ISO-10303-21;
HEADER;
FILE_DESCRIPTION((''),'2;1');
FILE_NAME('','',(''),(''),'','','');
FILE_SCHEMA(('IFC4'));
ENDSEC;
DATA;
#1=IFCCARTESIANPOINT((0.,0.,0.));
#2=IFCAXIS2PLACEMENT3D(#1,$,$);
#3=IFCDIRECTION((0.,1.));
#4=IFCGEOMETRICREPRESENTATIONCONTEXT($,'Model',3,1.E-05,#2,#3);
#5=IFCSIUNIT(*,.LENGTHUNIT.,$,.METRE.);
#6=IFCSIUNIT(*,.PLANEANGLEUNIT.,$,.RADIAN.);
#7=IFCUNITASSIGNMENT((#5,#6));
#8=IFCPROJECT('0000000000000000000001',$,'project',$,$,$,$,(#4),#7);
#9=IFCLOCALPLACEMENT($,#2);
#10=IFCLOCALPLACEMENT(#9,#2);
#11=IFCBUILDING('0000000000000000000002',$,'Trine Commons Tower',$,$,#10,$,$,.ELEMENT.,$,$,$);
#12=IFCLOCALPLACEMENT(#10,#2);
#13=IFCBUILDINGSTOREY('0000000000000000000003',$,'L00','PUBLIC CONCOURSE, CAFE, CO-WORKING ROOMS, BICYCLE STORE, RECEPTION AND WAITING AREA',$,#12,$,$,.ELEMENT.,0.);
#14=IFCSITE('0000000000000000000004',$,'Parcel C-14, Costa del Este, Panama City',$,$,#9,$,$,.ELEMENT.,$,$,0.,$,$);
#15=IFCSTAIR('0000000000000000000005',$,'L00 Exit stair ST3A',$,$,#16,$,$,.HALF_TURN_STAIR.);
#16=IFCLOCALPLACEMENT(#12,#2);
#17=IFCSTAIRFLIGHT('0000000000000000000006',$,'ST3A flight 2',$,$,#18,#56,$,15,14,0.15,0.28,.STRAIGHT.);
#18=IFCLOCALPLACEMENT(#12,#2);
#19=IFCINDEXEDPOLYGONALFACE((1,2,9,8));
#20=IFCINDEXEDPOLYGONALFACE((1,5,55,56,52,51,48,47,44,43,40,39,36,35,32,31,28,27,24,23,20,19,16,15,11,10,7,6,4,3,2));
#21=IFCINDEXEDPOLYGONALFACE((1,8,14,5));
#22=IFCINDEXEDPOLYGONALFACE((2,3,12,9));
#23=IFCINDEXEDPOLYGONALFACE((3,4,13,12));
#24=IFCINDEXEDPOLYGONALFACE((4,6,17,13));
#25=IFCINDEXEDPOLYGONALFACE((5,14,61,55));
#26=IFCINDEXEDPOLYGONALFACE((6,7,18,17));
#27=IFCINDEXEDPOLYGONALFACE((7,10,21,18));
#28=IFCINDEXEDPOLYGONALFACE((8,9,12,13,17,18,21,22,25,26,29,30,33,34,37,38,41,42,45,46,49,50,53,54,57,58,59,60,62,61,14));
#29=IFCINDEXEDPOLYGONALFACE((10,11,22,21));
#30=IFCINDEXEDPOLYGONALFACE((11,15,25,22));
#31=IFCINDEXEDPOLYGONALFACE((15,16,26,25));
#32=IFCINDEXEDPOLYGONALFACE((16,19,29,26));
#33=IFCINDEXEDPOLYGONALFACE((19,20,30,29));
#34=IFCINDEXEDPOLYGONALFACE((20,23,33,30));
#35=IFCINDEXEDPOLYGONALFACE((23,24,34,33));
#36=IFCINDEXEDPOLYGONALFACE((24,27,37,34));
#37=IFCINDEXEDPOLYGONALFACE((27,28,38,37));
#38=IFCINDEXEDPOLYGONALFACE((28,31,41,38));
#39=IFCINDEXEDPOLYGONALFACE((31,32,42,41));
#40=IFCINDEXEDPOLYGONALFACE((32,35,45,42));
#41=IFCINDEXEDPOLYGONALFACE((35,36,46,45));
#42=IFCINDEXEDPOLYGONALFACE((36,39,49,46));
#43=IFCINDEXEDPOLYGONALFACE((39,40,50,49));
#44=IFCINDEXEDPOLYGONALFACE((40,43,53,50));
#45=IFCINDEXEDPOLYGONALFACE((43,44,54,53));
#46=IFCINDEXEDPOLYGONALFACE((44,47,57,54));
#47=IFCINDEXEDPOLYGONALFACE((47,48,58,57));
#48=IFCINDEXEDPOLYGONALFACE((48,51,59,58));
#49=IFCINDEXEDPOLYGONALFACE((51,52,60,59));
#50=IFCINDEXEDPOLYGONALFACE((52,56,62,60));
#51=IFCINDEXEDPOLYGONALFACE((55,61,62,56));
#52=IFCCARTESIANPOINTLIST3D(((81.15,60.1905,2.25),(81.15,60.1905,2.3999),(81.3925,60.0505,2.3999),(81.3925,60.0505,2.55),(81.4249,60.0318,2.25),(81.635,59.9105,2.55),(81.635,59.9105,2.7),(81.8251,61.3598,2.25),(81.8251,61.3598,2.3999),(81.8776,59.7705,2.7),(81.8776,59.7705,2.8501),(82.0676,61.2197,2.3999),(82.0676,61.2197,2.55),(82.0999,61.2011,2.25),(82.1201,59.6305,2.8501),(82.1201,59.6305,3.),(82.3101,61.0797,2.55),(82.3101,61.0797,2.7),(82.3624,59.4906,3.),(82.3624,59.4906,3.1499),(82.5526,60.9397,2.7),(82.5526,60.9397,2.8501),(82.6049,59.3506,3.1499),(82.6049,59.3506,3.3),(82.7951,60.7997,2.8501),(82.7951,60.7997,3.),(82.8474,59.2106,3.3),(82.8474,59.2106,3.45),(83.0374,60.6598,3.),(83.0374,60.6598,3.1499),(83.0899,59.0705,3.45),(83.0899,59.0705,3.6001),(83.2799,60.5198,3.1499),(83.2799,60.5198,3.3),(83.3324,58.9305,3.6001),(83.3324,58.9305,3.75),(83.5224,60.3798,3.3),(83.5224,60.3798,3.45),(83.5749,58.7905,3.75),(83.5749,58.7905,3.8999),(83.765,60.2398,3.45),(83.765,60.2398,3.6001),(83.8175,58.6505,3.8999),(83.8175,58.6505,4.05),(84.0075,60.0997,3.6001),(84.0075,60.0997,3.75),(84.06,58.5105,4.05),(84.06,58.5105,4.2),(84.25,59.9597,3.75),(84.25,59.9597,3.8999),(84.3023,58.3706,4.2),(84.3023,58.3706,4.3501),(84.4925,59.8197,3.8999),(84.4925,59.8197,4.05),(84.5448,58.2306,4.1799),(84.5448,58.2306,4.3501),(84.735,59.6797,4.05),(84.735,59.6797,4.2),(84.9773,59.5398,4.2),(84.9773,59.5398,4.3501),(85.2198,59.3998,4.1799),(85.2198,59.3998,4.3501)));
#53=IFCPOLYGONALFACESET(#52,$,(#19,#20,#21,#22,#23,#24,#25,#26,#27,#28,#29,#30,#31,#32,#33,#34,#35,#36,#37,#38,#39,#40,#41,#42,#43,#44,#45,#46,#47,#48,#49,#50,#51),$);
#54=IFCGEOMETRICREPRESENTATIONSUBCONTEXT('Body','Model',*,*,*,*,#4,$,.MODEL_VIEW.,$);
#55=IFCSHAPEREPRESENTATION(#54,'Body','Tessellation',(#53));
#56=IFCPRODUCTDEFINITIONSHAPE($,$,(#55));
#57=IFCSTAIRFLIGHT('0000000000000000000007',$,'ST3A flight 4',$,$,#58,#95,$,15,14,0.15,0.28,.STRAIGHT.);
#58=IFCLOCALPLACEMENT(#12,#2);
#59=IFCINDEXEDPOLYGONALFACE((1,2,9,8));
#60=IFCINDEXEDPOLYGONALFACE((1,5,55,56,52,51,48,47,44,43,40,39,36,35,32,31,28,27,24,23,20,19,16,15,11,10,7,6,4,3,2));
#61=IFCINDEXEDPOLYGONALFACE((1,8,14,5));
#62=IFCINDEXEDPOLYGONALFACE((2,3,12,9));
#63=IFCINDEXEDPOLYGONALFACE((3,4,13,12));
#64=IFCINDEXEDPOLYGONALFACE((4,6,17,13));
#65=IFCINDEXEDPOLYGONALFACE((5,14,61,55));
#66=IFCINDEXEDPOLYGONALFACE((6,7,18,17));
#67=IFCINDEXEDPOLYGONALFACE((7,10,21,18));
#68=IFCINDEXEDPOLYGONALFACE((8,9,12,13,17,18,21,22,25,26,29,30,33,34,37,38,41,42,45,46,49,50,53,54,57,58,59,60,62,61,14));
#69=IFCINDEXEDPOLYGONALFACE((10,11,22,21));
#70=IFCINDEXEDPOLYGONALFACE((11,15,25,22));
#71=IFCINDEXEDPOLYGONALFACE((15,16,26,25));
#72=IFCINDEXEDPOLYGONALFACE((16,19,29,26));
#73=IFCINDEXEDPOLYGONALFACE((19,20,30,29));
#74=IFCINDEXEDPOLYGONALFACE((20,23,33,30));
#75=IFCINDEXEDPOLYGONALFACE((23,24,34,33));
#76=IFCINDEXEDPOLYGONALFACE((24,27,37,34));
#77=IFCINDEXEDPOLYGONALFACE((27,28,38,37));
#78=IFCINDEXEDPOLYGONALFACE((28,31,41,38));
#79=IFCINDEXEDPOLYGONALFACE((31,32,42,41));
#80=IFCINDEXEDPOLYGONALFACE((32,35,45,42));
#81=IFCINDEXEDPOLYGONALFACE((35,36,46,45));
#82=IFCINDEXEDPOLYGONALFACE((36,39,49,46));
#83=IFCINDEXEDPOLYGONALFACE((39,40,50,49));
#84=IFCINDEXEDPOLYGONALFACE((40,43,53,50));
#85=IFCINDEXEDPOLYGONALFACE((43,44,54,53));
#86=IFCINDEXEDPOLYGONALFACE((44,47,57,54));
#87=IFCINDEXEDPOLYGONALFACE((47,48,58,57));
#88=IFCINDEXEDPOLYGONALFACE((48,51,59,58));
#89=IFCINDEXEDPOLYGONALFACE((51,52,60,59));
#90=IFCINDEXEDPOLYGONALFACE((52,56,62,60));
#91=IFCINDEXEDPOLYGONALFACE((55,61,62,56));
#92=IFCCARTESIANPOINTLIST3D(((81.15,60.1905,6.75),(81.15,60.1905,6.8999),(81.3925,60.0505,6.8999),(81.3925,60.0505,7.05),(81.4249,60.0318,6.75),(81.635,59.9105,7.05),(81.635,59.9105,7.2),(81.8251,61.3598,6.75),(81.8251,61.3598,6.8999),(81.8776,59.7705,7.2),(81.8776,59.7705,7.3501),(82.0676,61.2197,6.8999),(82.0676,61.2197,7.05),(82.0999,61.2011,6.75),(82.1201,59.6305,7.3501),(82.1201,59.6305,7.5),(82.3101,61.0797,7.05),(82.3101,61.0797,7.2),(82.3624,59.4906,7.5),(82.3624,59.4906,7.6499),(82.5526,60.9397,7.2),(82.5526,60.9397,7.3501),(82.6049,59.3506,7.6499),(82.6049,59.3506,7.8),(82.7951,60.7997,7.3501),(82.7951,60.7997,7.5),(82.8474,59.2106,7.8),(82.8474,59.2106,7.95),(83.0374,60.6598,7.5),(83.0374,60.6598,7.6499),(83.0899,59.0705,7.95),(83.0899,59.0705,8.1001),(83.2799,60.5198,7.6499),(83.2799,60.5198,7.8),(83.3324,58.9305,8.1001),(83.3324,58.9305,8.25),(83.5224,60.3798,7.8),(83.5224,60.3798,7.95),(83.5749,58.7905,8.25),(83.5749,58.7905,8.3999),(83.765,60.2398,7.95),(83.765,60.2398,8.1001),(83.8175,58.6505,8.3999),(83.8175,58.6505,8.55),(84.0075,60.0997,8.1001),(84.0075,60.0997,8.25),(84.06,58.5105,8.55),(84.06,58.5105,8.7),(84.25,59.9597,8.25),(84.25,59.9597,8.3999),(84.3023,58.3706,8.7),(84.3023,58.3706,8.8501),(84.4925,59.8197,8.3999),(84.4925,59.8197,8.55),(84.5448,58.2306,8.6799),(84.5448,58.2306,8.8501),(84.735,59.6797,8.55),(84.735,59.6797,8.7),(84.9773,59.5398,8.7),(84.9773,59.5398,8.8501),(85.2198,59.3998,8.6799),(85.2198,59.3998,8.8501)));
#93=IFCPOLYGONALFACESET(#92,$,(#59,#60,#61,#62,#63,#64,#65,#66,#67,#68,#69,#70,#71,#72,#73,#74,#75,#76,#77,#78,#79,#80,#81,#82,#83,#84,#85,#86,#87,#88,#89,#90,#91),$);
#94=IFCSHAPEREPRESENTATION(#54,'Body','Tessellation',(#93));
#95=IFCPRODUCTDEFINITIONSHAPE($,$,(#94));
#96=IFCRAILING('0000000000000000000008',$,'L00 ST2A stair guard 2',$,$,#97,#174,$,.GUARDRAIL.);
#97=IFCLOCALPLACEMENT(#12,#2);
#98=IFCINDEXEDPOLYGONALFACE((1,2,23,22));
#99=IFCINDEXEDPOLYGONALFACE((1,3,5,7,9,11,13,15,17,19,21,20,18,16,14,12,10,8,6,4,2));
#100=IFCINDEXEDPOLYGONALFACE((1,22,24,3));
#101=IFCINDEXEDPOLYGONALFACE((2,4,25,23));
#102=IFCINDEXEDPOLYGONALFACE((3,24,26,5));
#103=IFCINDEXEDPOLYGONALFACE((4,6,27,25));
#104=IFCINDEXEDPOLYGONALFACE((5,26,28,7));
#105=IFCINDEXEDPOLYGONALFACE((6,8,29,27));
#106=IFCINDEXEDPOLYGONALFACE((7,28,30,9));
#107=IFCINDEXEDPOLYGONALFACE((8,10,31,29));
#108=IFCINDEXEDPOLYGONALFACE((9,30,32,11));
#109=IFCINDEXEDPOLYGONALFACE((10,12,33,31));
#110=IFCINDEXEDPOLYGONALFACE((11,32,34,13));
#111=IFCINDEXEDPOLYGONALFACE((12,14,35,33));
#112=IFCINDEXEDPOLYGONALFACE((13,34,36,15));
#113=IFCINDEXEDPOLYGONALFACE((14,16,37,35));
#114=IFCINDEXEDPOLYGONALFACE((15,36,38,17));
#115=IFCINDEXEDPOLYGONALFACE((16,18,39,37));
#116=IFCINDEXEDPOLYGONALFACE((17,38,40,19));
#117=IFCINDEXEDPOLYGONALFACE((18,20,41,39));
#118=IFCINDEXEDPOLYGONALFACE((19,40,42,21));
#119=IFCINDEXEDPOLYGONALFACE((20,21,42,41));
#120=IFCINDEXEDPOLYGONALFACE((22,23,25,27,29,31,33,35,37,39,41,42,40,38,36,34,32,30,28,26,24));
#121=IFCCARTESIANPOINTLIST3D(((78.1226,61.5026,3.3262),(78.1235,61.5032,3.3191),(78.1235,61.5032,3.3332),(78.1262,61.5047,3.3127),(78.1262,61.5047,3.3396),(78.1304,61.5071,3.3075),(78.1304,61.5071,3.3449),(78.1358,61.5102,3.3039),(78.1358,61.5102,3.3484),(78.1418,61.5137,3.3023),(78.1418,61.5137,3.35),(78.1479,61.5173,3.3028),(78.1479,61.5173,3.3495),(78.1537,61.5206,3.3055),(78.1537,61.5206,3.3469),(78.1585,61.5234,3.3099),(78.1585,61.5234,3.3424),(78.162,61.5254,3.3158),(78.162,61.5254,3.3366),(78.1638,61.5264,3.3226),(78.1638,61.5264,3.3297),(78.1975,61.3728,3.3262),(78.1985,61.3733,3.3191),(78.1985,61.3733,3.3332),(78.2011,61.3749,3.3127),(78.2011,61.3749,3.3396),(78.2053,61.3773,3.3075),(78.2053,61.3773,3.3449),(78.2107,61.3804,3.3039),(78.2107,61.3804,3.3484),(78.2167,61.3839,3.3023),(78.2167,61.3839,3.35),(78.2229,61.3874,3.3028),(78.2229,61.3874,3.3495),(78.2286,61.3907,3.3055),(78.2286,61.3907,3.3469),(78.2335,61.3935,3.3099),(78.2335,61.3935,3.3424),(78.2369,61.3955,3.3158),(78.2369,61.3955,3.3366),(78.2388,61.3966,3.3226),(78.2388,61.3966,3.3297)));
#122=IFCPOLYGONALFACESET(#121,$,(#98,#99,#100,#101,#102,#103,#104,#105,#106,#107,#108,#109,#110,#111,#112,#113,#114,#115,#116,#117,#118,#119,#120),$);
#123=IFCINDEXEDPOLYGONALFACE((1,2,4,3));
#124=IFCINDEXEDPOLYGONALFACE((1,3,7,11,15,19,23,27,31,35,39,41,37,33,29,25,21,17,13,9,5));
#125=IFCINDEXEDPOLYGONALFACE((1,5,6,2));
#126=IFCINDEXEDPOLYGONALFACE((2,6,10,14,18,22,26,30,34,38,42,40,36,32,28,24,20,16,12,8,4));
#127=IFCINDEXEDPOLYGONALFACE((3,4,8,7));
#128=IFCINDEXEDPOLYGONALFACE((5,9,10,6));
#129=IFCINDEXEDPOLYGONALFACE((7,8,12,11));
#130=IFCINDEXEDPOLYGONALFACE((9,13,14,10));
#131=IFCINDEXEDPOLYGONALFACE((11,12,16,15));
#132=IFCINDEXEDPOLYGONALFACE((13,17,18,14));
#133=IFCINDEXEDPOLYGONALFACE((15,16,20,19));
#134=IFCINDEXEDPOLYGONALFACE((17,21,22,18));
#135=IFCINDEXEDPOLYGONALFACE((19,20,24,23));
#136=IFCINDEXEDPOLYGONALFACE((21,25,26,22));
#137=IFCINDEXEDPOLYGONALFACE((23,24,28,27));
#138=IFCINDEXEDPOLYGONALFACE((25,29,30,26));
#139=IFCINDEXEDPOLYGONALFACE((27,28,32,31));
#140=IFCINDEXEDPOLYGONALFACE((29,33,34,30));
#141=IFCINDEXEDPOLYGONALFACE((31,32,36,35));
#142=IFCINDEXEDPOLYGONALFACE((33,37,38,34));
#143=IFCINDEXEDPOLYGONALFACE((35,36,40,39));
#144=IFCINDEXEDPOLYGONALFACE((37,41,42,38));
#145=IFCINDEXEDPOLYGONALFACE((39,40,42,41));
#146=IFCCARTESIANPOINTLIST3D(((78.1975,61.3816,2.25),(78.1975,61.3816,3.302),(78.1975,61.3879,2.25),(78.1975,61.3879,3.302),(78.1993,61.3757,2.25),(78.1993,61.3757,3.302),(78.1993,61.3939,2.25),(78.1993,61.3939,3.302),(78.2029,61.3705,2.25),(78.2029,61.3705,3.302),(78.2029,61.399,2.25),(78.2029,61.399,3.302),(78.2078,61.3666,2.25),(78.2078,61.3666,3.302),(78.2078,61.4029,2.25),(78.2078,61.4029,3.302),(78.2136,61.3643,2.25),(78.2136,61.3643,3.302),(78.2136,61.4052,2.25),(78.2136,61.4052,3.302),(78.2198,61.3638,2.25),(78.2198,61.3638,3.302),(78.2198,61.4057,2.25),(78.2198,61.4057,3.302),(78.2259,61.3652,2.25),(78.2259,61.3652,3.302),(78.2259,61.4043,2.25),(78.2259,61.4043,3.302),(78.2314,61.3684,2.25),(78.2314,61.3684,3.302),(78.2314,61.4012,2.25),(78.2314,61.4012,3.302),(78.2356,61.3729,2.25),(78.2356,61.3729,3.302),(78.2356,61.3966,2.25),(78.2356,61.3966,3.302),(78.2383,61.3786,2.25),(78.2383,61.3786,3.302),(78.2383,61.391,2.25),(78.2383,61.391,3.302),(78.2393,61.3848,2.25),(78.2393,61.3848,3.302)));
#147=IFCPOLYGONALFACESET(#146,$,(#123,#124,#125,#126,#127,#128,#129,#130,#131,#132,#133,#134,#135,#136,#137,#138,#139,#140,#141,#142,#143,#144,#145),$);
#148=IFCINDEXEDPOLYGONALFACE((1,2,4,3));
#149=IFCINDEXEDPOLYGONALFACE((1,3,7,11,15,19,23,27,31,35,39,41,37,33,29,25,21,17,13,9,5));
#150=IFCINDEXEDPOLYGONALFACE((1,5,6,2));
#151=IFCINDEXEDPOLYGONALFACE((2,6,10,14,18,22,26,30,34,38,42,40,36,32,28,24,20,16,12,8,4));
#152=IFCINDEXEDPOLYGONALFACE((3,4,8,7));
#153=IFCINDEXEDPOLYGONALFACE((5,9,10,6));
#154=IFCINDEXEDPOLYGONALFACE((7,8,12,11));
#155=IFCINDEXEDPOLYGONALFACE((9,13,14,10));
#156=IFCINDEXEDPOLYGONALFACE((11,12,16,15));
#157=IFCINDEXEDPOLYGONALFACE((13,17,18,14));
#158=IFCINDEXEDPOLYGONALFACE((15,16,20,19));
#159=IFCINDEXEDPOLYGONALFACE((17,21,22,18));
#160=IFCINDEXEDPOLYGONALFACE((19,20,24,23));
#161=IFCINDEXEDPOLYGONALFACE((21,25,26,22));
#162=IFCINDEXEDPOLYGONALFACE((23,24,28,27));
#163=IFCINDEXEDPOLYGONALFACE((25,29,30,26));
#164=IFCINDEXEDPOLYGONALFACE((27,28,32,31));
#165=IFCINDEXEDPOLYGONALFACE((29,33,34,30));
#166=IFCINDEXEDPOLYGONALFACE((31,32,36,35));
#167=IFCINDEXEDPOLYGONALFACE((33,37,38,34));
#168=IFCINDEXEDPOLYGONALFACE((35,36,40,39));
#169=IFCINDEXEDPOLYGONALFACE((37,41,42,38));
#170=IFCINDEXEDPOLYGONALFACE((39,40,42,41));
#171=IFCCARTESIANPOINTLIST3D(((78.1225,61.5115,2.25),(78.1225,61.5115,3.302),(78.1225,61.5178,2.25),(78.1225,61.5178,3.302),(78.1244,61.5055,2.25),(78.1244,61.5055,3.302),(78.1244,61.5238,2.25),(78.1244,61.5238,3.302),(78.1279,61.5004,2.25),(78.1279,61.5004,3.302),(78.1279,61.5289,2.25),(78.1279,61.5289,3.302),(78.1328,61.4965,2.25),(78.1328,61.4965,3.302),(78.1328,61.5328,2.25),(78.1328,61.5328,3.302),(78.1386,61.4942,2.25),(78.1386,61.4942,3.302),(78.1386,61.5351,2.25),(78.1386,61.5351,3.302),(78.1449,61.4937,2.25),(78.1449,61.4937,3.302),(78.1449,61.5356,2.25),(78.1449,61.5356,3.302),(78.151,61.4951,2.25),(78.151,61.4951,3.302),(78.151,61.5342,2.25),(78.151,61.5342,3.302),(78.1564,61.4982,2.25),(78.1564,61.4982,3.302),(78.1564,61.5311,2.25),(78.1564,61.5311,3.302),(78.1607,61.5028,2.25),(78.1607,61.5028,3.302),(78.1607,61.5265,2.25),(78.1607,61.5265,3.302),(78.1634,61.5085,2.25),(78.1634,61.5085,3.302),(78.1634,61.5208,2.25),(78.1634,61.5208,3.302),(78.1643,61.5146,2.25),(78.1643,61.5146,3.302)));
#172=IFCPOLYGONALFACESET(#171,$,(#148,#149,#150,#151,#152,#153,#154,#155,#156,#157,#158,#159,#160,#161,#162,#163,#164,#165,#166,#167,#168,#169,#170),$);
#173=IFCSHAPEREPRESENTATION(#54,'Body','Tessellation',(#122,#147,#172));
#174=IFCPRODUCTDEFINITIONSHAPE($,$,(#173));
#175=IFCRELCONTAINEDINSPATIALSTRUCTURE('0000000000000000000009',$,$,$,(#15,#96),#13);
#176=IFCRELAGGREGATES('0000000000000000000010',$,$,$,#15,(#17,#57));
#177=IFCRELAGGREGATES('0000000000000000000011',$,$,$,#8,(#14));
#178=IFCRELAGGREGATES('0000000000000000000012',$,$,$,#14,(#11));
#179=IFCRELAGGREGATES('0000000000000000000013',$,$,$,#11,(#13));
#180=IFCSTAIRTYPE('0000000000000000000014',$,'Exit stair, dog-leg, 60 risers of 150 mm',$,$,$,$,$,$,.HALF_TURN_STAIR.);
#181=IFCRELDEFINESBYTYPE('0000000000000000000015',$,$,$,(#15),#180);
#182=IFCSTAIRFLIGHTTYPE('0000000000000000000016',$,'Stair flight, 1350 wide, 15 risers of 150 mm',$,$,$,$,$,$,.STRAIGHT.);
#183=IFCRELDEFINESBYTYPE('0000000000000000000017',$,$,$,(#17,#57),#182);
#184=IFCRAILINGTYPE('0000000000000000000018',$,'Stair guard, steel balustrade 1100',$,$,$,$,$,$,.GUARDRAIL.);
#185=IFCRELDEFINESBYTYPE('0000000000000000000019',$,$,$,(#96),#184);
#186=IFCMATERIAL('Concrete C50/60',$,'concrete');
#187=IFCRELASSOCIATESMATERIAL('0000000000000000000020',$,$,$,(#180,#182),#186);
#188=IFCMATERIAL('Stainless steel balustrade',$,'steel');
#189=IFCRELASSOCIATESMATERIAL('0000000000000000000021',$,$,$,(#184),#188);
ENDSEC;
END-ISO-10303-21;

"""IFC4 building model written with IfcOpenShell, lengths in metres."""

from ifc_helpers import new_model, si_unit, direction, frame, origin, origin_2d, place, context, subcontext, project, spatial, polyline, circle, outline, extrude, material, type_object, element, aggregate, save


model = new_model("IFC4")

# Units and contexts
model_context = context("Model", 3, precision=1e-05, world=origin(), true_north=direction((0.0, 1.0)))
body_context = subcontext(model_context, "Body", "Model", "MODEL_VIEW")
ifc_project = project(units=[si_unit("LENGTHUNIT", "METRE"), si_unit("PLANEANGLEUNIT", "RADIAN")], contexts=[model_context])

# Site, building, storey
site_placement = place(None, origin())
site = spatial("IfcSite", under=ifc_project, at=site_placement, Name="Parcel C-14, Costa del Este, Panama City", CompositionType="ELEMENT", RefElevation=0.0)
building_placement = place(site_placement, origin())
building = spatial("IfcBuilding", under=site, at=building_placement, Name="Trine Commons Tower", CompositionType="ELEMENT")
storey_placement = place(building_placement, origin())
storey = spatial("IfcBuildingStorey", under=building, at=storey_placement, Name="L00", Description="PUBLIC CONCOURSE, CAFE, CO-WORKING ROOMS, BICYCLE STORE, RECEPTION AND WAITING AREA", CompositionType="ELEMENT", Elevation=0.0)

# Stair, stair flights
ifc_material_1 = material(Name="Concrete C50/60", Category="concrete")
stair_type = type_object("IfcStairType", Name="Exit stair, dog-leg, 60 risers of 150 mm", PredefinedType="HALF_TURN_STAIR", material=ifc_material_1)
stair_placement = place(storey_placement, origin())
stair = element("IfcStair", 1, at=stair_placement, inside=storey, type_object=stair_type, Name="L00 Exit stair ST3A", PredefinedType="HALF_TURN_STAIR")
stair_flight_type = type_object("IfcStairFlightType", Name="Stair flight, 1350 wide, 15 risers of 150 mm", PredefinedType="STRAIGHT", material=ifc_material_1)
stair_flight_1_placement = place(storey_placement, frame((81.4875, 60.7751, 2.25), z_axis=(0.0, 0.0, 1.0), x_axis=(0.866025, -0.5, 0.0)))
stair_flight_1 = element("IfcStairFlight", 2, at=stair_flight_1_placement, type_object=stair_flight_type, Name="ST3A flight 2", NumberOfRisers=15, NumberOfTreads=14, PredefinedType="STRAIGHT", RiserHeight=0.15, TreadLength=0.28, context=body_context, shape_type="SweptSolid", body=[
    extrude(outline(polyline([(0.0, 0.0), (0.0, 0.1499), (0.28, 0.1499), (0.28, 0.3), (0.5601, 0.3), (0.5601, 0.45), (0.8401, 0.45), (0.8401, 0.6001), (1.1201, 0.6001), (1.1201, 0.75), (1.3999, 0.75), (1.3999, 0.8999), (1.6799, 0.8999), (1.6799, 1.05), (1.96, 1.05), (1.96, 1.2), (2.24, 1.2), (2.24, 1.3501), (2.52, 1.3501), (2.52, 1.5), (2.8, 1.5), (2.8, 1.6499), (3.0801, 1.6499), (3.0801, 1.8), (3.3601, 1.8), (3.3601, 1.95), (3.6399, 1.95), (3.6399, 2.1001), (3.9199, 2.1001), (3.9199, 2.25), (3.9199, 1.9299), (0.3174, 0.0), (0.0, 0.0)])), frame((0.0, 0.675, 0.0), z_axis=(0.0, -1.0, 0.0), x_axis=(1.0, 0.0, 0.0)), (0.0, 0.0, 1.0), 1.3501),
])
stair_flight_2_placement = place(storey_placement, frame((81.4875, 60.7751, 6.75), z_axis=(0.0, 0.0, 1.0), x_axis=(0.866025, -0.5, 0.0)))
stair_flight_2 = element("IfcStairFlight", 3, at=stair_flight_2_placement, type_object=stair_flight_type, Name="ST3A flight 4", NumberOfRisers=15, NumberOfTreads=14, PredefinedType="STRAIGHT", RiserHeight=0.15, TreadLength=0.28, context=body_context, shape_type="SweptSolid", body=[
    extrude(outline(polyline([(0.0, 0.0), (0.0, 0.1499), (0.28, 0.1499), (0.28, 0.3), (0.5601, 0.3), (0.5601, 0.45), (0.8401, 0.45), (0.8401, 0.6001), (1.1201, 0.6001), (1.1201, 0.75), (1.3999, 0.75), (1.3999, 0.8999), (1.6799, 0.8999), (1.6799, 1.05), (1.96, 1.05), (1.96, 1.2), (2.24, 1.2), (2.24, 1.3501), (2.52, 1.3501), (2.52, 1.5), (2.8, 1.5), (2.8, 1.6499), (3.0801, 1.6499), (3.0801, 1.8), (3.3601, 1.8), (3.3601, 1.95), (3.6399, 1.95), (3.6399, 2.1001), (3.9199, 2.1001), (3.9199, 2.25), (3.9199, 1.9299), (0.3174, 0.0), (0.0, 0.0)])), frame((0.0, 0.675, 0.0), z_axis=(0.0, -1.0, 0.0), x_axis=(1.0, 0.0, 0.0)), (0.0, 0.0, 1.0), 1.3501),
])
aggregate(stair, [stair_flight_1, stair_flight_2])

# Railing
ifc_material_2 = material(Name="Stainless steel balustrade", Category="steel")
railing_type_1 = type_object("IfcRailingType", Name="Stair guard, steel balustrade 1100", PredefinedType="GUARDRAIL", material=ifc_material_2)
for number, where, name in (
    (4, (78.2183, 61.3848, 2.25), "L00 ST2A stair guard 2"),
):
    element("IfcRailing", number, at=place(storey_placement, frame(where)), inside=storey, type_object=railing_type_1, Name=name, PredefinedType="GUARDRAIL", context=body_context, shape_type="SweptSolid", body=[
        extrude(circle(Radius=0.0239, at=origin_2d()), frame((0.0, 0.0, 1.0762), z_axis=(-0.499816, 0.866131, 0.0), x_axis=(-0.866131, -0.499816, 0.0)), (0.0, 0.0, 1.0), 0.1499),
        extrude(circle(Radius=0.021, at=origin_2d()), origin(), (0.0, 0.0, 1.0), 1.052),
        extrude(circle(Radius=0.021, at=origin_2d()), frame((-0.075, 0.1299, 0.0)), (0.0, 0.0, 1.0), 1.052),
    ])

save(model, "model.ifc")
